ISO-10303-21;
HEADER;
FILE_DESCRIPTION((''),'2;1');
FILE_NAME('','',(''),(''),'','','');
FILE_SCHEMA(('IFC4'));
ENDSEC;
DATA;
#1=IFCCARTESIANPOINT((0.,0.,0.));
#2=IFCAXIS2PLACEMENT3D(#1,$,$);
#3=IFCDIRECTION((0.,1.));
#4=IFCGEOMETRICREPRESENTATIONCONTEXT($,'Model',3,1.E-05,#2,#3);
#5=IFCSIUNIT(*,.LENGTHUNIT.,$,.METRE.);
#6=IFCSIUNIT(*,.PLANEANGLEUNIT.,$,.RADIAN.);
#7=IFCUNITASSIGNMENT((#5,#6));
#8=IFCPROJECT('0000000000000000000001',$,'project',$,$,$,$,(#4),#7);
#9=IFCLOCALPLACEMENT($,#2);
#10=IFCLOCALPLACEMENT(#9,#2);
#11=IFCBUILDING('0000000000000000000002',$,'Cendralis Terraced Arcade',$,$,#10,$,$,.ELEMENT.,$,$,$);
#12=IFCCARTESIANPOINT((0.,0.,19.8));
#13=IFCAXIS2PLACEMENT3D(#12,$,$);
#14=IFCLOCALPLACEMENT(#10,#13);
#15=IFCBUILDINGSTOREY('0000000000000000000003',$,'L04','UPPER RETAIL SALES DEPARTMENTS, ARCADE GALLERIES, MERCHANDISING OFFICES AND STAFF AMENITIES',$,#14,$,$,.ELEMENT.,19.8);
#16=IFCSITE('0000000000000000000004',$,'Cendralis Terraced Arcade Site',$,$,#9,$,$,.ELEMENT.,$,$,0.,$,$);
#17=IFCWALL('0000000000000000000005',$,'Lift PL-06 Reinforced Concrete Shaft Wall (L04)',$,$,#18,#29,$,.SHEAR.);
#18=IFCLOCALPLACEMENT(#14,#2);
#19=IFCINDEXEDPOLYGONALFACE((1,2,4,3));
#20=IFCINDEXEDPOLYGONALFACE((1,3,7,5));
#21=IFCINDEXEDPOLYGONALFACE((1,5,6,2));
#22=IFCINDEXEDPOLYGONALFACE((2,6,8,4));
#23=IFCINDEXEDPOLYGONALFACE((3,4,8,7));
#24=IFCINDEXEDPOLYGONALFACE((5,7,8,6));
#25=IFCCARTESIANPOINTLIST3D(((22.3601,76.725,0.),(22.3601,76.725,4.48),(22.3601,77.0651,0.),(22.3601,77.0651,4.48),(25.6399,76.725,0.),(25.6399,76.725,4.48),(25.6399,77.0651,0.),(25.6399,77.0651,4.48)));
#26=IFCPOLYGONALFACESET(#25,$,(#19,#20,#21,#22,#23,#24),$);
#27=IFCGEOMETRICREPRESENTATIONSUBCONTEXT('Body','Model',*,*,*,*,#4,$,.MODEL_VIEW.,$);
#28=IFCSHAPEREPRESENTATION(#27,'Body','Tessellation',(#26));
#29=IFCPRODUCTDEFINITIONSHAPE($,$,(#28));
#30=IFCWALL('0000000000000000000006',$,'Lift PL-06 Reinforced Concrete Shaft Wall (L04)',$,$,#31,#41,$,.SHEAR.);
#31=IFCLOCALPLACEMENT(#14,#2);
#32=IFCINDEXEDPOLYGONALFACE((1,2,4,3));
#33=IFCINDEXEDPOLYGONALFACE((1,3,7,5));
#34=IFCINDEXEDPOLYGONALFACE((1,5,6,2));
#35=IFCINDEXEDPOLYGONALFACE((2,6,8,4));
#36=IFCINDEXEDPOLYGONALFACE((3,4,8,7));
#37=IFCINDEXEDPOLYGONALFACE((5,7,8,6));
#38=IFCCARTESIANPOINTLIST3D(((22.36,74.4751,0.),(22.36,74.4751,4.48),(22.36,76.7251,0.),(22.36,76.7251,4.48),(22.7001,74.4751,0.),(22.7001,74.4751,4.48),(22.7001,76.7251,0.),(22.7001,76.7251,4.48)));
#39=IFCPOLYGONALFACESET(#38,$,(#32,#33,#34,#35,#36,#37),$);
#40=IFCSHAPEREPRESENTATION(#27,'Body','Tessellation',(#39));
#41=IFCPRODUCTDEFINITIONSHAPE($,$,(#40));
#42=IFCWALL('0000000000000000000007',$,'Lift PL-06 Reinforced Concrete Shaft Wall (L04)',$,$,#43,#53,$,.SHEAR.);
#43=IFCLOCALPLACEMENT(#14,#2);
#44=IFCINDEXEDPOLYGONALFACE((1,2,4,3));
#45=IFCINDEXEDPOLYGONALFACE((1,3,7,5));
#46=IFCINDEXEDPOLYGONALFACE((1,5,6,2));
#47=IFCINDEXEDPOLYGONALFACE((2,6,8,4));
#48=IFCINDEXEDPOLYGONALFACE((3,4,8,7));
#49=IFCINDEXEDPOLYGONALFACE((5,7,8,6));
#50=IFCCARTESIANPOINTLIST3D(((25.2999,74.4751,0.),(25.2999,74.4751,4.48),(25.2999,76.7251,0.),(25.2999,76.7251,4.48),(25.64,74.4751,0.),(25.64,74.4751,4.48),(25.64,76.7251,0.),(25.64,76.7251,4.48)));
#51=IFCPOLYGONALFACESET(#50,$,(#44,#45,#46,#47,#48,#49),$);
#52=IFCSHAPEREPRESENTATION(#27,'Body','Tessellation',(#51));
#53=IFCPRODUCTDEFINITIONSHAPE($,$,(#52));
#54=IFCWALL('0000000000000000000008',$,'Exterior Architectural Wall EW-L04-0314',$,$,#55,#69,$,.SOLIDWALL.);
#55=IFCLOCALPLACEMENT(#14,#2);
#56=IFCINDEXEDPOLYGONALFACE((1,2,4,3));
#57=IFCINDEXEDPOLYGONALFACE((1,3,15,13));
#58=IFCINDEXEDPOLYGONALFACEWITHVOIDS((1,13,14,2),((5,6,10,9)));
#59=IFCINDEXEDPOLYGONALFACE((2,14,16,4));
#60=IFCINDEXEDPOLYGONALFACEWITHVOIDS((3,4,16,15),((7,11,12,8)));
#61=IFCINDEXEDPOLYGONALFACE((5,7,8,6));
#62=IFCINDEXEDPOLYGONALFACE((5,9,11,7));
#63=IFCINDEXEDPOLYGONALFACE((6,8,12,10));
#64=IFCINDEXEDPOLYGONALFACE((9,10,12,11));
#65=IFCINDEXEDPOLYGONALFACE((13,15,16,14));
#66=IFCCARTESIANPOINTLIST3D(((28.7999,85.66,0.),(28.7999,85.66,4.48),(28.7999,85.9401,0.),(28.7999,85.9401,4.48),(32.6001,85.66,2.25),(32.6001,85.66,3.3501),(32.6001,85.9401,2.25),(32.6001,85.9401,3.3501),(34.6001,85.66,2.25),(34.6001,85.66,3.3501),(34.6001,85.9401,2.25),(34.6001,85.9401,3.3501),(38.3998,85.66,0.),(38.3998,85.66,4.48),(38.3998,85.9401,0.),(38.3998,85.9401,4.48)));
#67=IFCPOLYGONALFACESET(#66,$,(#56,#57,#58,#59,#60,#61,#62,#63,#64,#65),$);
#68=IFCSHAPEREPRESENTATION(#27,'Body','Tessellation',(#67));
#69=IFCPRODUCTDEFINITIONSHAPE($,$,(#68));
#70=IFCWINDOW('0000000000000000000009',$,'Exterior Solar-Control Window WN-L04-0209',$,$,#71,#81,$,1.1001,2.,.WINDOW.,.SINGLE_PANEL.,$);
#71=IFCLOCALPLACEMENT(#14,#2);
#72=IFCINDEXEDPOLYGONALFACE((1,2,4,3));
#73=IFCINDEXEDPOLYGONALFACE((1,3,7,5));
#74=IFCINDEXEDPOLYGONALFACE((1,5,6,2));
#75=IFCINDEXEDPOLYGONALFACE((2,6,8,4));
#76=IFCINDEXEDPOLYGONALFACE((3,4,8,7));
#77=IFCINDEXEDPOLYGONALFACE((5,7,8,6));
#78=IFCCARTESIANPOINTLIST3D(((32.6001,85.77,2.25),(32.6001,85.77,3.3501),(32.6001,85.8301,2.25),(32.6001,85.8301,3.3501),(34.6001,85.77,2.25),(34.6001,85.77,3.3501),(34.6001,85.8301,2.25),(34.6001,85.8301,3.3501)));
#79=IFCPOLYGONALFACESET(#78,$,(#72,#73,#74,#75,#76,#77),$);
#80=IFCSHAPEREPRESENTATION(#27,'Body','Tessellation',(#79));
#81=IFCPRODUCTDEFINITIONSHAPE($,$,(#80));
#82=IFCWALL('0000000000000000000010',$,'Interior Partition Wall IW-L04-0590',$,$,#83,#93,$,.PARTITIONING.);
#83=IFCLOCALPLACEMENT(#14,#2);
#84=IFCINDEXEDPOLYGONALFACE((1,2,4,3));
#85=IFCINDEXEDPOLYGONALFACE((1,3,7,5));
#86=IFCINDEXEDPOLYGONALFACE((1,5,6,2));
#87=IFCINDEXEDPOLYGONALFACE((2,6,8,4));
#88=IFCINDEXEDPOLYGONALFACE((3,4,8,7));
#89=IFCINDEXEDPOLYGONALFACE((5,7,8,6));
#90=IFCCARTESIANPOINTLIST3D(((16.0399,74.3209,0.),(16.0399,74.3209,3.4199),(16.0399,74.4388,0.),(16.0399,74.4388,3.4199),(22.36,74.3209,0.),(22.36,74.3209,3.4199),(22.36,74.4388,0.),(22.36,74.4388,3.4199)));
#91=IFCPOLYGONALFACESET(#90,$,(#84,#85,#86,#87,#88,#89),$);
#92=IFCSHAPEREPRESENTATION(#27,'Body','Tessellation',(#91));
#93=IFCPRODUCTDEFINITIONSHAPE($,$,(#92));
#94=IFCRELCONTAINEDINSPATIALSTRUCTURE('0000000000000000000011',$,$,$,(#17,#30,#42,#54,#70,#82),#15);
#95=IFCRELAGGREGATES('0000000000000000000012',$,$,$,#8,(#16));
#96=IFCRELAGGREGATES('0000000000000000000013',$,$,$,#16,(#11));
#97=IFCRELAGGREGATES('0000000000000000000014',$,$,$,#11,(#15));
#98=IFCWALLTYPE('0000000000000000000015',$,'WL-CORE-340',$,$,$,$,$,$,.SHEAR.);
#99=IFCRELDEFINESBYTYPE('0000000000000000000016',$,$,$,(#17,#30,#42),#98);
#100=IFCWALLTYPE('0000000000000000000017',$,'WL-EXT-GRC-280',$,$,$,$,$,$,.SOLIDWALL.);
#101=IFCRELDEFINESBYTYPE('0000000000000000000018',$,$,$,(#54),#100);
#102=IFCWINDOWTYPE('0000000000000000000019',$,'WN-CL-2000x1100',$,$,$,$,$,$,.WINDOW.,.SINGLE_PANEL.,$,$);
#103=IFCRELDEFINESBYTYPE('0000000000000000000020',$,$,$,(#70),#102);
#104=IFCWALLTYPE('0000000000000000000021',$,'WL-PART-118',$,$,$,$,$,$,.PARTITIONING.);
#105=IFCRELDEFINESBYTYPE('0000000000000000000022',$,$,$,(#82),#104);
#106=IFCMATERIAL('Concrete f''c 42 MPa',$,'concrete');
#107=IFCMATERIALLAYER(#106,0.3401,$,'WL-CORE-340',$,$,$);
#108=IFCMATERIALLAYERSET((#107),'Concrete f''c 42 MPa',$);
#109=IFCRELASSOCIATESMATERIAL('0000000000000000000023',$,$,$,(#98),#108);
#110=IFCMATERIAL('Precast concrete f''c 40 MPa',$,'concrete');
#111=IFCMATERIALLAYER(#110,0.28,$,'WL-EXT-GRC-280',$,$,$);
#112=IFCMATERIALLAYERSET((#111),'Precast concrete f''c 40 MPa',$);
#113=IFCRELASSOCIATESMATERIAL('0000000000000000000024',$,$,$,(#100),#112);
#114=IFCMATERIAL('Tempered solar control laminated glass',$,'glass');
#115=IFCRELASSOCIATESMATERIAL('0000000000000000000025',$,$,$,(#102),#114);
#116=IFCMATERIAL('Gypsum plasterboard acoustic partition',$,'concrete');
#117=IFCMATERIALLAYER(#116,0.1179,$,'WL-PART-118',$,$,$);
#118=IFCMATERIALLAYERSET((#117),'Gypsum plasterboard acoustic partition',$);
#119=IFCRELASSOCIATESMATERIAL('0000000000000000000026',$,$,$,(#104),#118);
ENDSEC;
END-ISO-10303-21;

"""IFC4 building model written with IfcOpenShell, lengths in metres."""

from ifc_helpers import new_model, si_unit, direction, frame, frame_2d, origin, place, context, subcontext, project, spatial, rectangle, extrude, material, layer, layer_set, type_object, element, fill, save


model = new_model("IFC4")

# Units and contexts
model_context = context("Model", 3, precision=1e-05, world=origin(), true_north=direction((0.0, 1.0)))
body_context = subcontext(model_context, "Body", "Model", "MODEL_VIEW")
ifc_project = project(units=[si_unit("LENGTHUNIT", "METRE"), si_unit("PLANEANGLEUNIT", "RADIAN")], contexts=[model_context])

# Site, building, storey
site_placement = place(None, origin())
site = spatial("IfcSite", under=ifc_project, at=site_placement, Name="Cendralis Terraced Arcade Site", CompositionType="ELEMENT", RefElevation=0.0)
building_placement = place(site_placement, origin())
building = spatial("IfcBuilding", under=site, at=building_placement, Name="Cendralis Terraced Arcade", CompositionType="ELEMENT")
storey_placement = place(building_placement, frame((0.0, 0.0, 19.8)))
storey = spatial("IfcBuildingStorey", under=building, at=storey_placement, Name="L04", Description="UPPER RETAIL SALES DEPARTMENTS, ARCADE GALLERIES, MERCHANDISING OFFICES AND STAFF AMENITIES", CompositionType="ELEMENT", Elevation=19.8)

# Shared definitions
ifc_material_1 = material(Name="Concrete f'c 42 MPa", Category="concrete")

# Shared definitions
ifc_material_2 = material(Name="Tempered solar control laminated glass", Category="glass")

# Shared definitions
ifc_layer_1 = layer(ifc_material_1, 0.3401, Name="WL-CORE-340")
ifc_layer_set_1 = layer_set([ifc_layer_1], Name="Concrete f'c 42 MPa")
wall_type_1 = type_object("IfcWallType", Name="WL-CORE-340", PredefinedType="SHEAR", material=ifc_layer_set_1)

# Walls
wall_1_placement = place(storey_placement, frame((22.3601, 76.895, 0.0), z_axis=(0.0, 0.0, 1.0), x_axis=(1.0, 0.0, 0.0)))
element("IfcWall", 1, at=wall_1_placement, inside=storey, type_object=wall_type_1, Name="Lift PL-06 Reinforced Concrete Shaft Wall (L04)", PredefinedType="SHEAR", context=body_context, shape_type="SweptSolid", body=[
    extrude(rectangle(XDim=3.2798, YDim=0.3401, at=frame_2d((1.6399, 0.0))), origin(), (0.0, 0.0, 1.0), 4.48),
])
for number, where, z_axis, x_axis, name in (
    (2, (22.53, 74.4751, 0.0), (0.0, 0.0, 1.0), (0.0, 1.0, 0.0), "Lift PL-06 Reinforced Concrete Shaft Wall (L04)"),
    (3, (25.47, 74.4751, 0.0), (0.0, 0.0, 1.0), (0.0, 1.0, 0.0), "Lift PL-06 Reinforced Concrete Shaft Wall (L04)"),
):
    element("IfcWall", number, at=place(storey_placement, frame(where, z_axis=z_axis, x_axis=x_axis)), inside=storey, type_object=wall_type_1, Name=name, PredefinedType="SHEAR", context=body_context, shape_type="SweptSolid", body=[
        extrude(rectangle(XDim=2.25, YDim=0.3401, at=frame_2d((1.125, 0.0))), origin(), (0.0, 0.0, 1.0), 4.48),
    ])

# Wall, opening, window
ifc_material_3 = material(Name="Precast concrete f'c 40 MPa", Category="concrete")
ifc_layer_2 = layer(ifc_material_3, 0.28, Name="WL-EXT-GRC-280")
ifc_layer_set_2 = layer_set([ifc_layer_2], Name="Precast concrete f'c 40 MPa")
wall_type_2 = type_object("IfcWallType", Name="WL-EXT-GRC-280", PredefinedType="SOLIDWALL", material=ifc_layer_set_2)
wall_2_placement = place(storey_placement, frame((28.8, 85.8, 0.0), z_axis=(0.0, 0.0, 1.0), x_axis=(1.0, 0.0, 0.0)))
wall_2 = element("IfcWall", 4, at=wall_2_placement, inside=storey, type_object=wall_type_2, Name="Exterior Architectural Wall EW-L04-0314", PredefinedType="SOLIDWALL", context=body_context, shape_type="SweptSolid", body=[
    extrude(rectangle(XDim=9.5999, YDim=0.28, at=frame_2d((4.7998, 0.0))), origin(), (0.0, 0.0, 1.0), 4.48),
])
opening_1_placement = place(wall_2_placement, frame((3.8, 0.0, 2.25)))
opening_1 = element("IfcOpeningElement", 5, at=opening_1_placement, cuts=wall_2, PredefinedType="OPENING", context=body_context, shape_type="SweptSolid", body=[
    extrude(rectangle(XDim=2.0, YDim=1.1001, at=frame_2d((1.0, 0.55))), frame((0.0, 0.1519, 0.0), z_axis=(0.0, -1.0, 0.0), x_axis=(1.0, 0.0, 0.0)), (0.0, 0.0, 1.0), 0.304),
])
window_type = type_object("IfcWindowType", Name="WN-CL-2000x1100", PartitioningType="SINGLE_PANEL", PredefinedType="WINDOW", material=ifc_material_2)
window_placement = place(opening_1_placement, origin())
window = element("IfcWindow", 6, at=window_placement, inside=storey, type_object=window_type, Name="Exterior Solar-Control Window WN-L04-0209", OverallHeight=1.1001, OverallWidth=2.0, PartitioningType="SINGLE_PANEL", PredefinedType="WINDOW", context=body_context, shape_type="SweptSolid", body=[
    extrude(rectangle(XDim=2.0, YDim=1.1001, at=frame_2d((1.0, 0.55))), frame((0.0, 0.03, 0.0), z_axis=(0.0, -1.0, 0.0), x_axis=(1.0, 0.0, 0.0)), (0.0, 0.0, 1.0), 0.0601),
])
fill(opening_1, window)

# Wall
ifc_material_4 = material(Name="Gypsum plasterboard acoustic partition", Category="concrete")
ifc_layer_3 = layer(ifc_material_4, 0.1179, Name="WL-PART-118")
ifc_layer_set_3 = layer_set([ifc_layer_3], Name="Gypsum plasterboard acoustic partition")
wall_type_3 = type_object("IfcWallType", Name="WL-PART-118", PredefinedType="PARTITIONING", material=ifc_layer_set_3)
wall_3_placement = place(storey_placement, frame((22.3601, 74.3799, 0.0), z_axis=(0.0, 0.0, 1.0), x_axis=(-1.0, 0.0, 0.0)))
element("IfcWall", 7, at=wall_3_placement, inside=storey, type_object=wall_type_3, Name="Interior Partition Wall IW-L04-0590", PredefinedType="PARTITIONING", context=body_context, shape_type="SweptSolid", body=[
    extrude(rectangle(XDim=6.3201, YDim=0.1179, at=frame_2d((3.1602, 0.0))), origin(), (0.0, 0.0, 1.0), 3.4199),
])

save(model, "model.ifc")
